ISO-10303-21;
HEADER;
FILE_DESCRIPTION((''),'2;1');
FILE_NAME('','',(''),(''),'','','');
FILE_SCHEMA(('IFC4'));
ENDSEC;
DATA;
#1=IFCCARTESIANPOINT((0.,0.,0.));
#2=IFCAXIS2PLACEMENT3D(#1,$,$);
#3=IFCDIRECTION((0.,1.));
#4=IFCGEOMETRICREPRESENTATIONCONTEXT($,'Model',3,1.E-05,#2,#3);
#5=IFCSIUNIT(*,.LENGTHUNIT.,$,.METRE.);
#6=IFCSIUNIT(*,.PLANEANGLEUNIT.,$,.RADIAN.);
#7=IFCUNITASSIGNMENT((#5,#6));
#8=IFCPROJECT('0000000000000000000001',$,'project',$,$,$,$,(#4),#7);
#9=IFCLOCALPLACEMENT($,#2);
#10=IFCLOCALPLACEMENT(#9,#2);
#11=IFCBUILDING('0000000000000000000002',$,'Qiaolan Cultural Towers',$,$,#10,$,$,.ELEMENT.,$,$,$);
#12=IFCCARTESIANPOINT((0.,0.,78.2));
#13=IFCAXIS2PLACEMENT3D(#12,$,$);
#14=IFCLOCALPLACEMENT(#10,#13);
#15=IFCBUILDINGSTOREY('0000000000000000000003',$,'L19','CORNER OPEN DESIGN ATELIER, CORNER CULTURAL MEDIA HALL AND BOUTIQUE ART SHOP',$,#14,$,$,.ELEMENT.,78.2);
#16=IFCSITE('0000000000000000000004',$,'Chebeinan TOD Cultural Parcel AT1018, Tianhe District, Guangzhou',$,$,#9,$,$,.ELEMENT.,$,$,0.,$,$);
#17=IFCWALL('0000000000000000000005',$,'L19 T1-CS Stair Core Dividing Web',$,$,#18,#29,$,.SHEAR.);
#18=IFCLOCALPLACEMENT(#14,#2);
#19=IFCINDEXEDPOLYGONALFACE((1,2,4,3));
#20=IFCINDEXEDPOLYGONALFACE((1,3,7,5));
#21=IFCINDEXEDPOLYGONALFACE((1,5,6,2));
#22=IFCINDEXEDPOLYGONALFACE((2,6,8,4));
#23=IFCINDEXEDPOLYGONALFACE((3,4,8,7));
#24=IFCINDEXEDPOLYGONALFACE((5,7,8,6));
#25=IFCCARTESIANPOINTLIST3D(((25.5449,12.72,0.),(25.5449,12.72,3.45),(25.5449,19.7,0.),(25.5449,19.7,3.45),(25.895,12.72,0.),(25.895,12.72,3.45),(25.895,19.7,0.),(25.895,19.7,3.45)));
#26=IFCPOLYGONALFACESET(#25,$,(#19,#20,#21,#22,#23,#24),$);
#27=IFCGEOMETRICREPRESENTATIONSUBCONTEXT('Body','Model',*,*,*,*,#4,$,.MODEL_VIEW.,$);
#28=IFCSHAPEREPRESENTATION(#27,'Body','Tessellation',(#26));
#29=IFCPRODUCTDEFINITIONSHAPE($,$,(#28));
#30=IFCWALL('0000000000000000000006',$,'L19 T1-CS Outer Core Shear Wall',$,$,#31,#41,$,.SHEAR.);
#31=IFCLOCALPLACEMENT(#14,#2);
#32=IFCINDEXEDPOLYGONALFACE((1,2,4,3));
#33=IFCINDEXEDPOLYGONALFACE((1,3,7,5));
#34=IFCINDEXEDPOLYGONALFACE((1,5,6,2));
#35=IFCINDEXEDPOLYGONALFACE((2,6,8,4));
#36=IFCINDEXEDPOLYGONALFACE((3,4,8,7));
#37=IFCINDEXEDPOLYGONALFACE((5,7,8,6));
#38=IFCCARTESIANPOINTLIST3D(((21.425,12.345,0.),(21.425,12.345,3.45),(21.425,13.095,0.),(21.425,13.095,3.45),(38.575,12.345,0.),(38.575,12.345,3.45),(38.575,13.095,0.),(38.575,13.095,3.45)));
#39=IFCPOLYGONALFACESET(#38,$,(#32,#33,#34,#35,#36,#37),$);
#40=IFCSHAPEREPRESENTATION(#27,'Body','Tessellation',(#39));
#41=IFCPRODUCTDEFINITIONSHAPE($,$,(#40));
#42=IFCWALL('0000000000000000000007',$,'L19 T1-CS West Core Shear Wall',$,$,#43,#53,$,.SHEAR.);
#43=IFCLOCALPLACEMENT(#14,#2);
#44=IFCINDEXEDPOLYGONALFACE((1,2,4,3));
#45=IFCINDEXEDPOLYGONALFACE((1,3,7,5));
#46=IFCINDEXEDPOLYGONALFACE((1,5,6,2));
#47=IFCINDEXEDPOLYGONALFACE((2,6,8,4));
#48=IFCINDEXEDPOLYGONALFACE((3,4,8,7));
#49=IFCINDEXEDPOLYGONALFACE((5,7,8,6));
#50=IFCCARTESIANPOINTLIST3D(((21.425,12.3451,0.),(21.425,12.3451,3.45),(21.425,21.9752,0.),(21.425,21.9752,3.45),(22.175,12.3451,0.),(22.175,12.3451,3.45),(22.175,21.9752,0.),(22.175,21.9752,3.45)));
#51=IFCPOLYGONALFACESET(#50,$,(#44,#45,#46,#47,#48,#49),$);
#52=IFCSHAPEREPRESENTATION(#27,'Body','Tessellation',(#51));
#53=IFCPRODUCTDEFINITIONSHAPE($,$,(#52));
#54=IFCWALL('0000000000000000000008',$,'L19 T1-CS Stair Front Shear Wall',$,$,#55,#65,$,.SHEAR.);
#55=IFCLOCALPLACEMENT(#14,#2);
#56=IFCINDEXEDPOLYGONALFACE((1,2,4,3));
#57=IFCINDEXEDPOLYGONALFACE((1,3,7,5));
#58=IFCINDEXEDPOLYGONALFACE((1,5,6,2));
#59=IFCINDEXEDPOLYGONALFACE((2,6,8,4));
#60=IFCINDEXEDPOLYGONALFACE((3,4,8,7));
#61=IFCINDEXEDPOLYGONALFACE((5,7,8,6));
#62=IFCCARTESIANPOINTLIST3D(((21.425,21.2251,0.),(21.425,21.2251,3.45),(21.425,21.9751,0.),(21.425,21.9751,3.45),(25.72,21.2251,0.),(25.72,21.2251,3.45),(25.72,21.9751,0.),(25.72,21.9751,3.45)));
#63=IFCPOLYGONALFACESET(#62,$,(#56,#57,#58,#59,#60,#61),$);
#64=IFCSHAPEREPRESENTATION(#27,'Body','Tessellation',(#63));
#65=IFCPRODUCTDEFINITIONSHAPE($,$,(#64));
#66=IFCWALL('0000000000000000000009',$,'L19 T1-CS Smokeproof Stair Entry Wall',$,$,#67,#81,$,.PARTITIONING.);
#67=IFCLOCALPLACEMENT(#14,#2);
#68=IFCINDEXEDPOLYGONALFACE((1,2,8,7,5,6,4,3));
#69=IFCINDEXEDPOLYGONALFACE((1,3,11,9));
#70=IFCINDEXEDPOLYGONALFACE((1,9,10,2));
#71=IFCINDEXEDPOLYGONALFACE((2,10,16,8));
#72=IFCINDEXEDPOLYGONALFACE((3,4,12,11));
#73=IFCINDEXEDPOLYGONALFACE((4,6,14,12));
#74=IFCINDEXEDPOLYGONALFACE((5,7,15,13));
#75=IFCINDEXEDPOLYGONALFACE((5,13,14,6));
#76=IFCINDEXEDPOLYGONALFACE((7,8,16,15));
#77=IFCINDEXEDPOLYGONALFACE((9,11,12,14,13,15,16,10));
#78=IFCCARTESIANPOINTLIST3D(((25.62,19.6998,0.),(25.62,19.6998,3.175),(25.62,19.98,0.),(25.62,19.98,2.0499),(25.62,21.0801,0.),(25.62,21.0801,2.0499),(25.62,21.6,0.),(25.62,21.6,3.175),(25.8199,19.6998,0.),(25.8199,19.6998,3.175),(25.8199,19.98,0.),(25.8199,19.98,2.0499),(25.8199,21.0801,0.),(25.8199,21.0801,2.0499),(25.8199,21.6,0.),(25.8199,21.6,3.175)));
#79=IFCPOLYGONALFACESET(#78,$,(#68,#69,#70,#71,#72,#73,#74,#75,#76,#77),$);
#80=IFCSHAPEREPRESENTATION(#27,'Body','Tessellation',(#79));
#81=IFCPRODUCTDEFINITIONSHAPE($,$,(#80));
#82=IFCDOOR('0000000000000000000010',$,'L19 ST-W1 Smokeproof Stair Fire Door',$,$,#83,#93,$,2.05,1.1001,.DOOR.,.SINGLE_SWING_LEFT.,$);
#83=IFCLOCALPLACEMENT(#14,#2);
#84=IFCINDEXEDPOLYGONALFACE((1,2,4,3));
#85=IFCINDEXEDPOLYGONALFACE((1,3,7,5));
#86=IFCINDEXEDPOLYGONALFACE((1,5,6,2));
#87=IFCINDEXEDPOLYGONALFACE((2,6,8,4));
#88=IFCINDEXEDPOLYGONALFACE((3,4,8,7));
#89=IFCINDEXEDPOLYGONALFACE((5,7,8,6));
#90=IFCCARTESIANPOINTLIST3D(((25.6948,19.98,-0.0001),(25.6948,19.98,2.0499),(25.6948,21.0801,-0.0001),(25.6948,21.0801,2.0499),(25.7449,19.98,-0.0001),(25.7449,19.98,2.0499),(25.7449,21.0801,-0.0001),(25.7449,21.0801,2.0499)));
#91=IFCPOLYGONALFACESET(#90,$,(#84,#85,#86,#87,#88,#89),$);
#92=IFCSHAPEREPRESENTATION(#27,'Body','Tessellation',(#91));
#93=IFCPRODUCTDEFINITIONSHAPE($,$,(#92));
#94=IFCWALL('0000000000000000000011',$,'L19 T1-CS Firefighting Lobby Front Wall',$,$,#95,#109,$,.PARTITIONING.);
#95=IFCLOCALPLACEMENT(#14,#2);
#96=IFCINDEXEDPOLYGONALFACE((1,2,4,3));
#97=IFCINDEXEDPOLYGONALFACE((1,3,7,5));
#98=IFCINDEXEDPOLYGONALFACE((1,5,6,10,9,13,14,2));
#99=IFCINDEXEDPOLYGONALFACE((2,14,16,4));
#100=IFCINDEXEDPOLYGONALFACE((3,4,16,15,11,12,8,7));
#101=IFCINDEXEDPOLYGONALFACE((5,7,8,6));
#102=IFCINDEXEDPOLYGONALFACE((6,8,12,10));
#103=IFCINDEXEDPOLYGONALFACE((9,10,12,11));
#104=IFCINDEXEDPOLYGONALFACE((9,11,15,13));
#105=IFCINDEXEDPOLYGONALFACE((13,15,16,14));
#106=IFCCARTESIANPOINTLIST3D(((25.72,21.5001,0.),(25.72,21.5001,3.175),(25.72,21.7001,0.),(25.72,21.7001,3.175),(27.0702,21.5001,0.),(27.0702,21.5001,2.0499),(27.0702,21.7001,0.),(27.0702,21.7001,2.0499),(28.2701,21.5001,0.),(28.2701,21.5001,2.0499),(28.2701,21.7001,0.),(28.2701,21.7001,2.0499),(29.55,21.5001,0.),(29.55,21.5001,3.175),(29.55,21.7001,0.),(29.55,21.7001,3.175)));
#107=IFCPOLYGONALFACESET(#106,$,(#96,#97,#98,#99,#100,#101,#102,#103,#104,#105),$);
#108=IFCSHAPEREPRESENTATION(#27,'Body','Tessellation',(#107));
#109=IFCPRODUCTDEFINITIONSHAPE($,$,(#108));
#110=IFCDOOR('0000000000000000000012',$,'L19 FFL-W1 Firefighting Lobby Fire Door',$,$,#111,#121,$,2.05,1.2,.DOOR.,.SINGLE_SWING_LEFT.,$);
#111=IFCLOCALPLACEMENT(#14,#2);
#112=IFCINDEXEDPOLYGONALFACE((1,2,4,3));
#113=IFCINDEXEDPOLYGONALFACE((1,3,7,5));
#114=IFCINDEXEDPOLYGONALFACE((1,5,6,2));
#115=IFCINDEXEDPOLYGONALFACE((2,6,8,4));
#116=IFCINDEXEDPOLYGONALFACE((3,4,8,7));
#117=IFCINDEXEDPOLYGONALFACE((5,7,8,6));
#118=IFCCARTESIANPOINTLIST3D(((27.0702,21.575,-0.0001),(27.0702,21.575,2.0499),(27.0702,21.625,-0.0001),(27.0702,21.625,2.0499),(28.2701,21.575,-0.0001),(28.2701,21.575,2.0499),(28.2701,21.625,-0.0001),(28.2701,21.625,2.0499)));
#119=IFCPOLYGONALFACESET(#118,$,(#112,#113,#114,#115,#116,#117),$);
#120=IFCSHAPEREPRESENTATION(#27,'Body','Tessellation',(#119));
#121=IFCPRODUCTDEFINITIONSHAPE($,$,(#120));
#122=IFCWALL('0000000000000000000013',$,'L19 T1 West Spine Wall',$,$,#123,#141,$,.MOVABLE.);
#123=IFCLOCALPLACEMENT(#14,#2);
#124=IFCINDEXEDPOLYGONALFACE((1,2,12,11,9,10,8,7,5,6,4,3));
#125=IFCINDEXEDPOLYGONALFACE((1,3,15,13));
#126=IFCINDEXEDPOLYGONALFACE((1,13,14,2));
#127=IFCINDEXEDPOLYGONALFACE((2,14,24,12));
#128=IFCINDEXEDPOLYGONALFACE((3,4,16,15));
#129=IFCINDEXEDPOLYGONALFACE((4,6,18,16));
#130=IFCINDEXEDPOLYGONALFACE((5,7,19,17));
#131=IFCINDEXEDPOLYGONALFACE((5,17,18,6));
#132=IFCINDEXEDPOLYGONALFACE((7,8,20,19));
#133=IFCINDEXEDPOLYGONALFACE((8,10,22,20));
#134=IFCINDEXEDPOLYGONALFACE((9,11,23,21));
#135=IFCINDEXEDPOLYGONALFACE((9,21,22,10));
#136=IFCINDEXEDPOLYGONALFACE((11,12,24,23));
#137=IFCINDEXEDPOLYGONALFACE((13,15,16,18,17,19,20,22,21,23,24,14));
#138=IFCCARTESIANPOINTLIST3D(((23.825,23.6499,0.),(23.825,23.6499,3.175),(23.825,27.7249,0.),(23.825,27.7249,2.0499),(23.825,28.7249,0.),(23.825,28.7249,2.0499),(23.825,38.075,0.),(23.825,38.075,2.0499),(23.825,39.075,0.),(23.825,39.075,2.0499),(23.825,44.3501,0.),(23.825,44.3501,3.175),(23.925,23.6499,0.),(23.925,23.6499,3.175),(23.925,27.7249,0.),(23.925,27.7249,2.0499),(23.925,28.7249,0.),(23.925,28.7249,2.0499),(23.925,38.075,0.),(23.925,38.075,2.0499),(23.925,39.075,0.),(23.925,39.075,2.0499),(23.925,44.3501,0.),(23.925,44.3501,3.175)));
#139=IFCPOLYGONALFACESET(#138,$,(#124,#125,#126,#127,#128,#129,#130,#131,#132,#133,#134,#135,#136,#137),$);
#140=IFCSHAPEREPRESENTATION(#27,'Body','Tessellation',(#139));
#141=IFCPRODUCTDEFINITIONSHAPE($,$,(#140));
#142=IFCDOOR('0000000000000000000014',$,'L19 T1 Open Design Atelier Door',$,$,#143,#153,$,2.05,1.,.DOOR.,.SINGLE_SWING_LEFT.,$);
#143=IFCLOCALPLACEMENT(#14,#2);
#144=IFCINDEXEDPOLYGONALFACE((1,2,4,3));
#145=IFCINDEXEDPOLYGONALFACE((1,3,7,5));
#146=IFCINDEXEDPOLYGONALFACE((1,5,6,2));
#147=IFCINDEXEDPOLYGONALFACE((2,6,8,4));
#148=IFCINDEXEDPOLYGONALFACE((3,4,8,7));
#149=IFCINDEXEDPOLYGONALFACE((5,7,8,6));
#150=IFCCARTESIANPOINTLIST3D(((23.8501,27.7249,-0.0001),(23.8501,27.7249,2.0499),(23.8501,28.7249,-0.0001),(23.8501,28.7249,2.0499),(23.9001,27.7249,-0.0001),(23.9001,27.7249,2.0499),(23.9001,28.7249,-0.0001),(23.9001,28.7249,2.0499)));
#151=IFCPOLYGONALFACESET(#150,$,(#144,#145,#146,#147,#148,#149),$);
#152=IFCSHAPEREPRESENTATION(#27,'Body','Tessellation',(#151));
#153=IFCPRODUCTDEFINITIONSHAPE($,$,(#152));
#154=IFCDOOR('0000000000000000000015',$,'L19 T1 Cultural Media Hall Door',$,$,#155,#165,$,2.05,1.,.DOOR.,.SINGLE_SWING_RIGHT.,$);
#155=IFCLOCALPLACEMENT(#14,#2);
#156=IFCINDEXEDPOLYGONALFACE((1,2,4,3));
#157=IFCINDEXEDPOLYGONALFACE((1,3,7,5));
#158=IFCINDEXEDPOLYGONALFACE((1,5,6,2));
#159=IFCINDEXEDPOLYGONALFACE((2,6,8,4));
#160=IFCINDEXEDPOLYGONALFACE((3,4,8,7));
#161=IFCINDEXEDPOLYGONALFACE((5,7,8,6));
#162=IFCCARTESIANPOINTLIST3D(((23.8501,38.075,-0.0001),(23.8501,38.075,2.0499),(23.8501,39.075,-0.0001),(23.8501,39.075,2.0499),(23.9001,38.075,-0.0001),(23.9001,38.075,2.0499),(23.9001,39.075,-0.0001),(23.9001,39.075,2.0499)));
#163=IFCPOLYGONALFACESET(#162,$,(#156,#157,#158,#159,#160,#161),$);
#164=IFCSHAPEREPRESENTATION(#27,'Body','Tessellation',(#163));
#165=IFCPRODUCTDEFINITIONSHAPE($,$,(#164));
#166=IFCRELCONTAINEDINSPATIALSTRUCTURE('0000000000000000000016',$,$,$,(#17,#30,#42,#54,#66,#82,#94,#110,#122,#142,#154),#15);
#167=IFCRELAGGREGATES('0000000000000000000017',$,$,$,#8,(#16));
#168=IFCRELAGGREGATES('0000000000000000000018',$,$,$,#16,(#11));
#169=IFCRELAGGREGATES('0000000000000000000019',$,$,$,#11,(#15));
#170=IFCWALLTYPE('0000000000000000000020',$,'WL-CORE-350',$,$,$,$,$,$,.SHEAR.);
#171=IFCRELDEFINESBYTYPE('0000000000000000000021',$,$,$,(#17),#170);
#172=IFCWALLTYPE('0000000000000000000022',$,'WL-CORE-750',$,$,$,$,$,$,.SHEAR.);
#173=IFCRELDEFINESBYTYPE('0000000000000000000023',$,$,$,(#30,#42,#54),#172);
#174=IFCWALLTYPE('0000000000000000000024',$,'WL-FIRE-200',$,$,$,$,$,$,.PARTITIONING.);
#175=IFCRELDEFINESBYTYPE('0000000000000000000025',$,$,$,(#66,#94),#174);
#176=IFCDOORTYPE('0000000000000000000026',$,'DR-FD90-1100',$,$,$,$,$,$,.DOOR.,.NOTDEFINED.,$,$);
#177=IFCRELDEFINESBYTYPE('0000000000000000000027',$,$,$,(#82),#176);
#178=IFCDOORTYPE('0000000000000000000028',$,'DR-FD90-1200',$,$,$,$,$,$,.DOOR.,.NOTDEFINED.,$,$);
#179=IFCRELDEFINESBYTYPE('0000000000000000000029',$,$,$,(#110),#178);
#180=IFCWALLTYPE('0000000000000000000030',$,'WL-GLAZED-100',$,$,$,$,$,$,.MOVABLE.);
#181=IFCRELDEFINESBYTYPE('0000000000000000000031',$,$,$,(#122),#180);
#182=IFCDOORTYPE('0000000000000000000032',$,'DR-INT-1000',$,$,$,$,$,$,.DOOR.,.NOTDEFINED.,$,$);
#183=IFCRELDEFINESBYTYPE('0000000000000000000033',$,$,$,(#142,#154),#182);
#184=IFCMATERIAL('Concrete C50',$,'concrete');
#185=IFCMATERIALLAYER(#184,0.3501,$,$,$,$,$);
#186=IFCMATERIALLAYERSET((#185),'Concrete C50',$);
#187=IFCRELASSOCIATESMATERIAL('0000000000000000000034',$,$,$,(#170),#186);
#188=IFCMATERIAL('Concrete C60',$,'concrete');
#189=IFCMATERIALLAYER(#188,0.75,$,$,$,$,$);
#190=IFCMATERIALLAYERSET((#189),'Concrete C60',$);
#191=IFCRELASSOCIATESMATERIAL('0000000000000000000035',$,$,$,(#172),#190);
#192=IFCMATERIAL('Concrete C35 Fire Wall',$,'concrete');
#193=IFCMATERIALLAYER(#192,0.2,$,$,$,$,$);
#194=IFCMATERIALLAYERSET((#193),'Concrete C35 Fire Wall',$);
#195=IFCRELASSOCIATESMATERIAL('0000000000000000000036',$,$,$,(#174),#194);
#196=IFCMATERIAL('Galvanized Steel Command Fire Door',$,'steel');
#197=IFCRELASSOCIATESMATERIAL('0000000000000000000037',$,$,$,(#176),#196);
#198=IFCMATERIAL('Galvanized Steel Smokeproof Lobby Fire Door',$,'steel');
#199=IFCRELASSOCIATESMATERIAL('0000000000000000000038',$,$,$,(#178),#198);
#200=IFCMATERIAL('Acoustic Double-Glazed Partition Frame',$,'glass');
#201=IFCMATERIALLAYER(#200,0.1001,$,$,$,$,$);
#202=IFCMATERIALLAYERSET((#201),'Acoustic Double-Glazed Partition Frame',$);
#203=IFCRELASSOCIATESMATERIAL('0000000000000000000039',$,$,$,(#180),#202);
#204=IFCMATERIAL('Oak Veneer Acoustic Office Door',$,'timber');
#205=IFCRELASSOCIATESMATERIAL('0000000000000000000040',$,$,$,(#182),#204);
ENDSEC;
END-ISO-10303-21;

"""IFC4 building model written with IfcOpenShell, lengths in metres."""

from ifc_helpers import new_model, si_unit, direction, frame, frame_2d, origin, place, context, subcontext, project, spatial, rectangle, extrude, material, layer, layer_set, type_object, element, fill, save


model = new_model("IFC4")

# Units and contexts
model_context = context("Model", 3, precision=1e-05, world=origin(), true_north=direction((0.0, 1.0)))
body_context = subcontext(model_context, "Body", "Model", "MODEL_VIEW")
ifc_project = project(units=[si_unit("LENGTHUNIT", "METRE"), si_unit("PLANEANGLEUNIT", "RADIAN")], contexts=[model_context])

# Site, building, storey
site_placement = place(None, origin())
site = spatial("IfcSite", under=ifc_project, at=site_placement, Name="Chebeinan TOD Cultural Parcel AT1018, Tianhe District, Guangzhou", CompositionType="ELEMENT", RefElevation=0.0)
building_placement = place(site_placement, origin())
building = spatial("IfcBuilding", under=site, at=building_placement, Name="Qiaolan Cultural Towers", CompositionType="ELEMENT")
storey_placement = place(building_placement, frame((0.0, 0.0, 78.2)))
storey = spatial("IfcBuildingStorey", under=building, at=storey_placement, Name="L19", Description="CORNER OPEN DESIGN ATELIER, CORNER CULTURAL MEDIA HALL AND BOUTIQUE ART SHOP", CompositionType="ELEMENT", Elevation=78.2)

# Walls
ifc_material_1 = material(Name="Concrete C50", Category="concrete")
ifc_layer_1 = layer(ifc_material_1, 0.3501)
ifc_layer_set_1 = layer_set([ifc_layer_1], Name="Concrete C50")
wall_type_1 = type_object("IfcWallType", Name="WL-CORE-350", PredefinedType="SHEAR", material=ifc_layer_set_1)
wall_1_placement = place(storey_placement, frame((25.72, 19.7, 0.0), z_axis=(0.0, 0.0, 1.0), x_axis=(0.0, -1.0, 0.0)))
element("IfcWall", 1, at=wall_1_placement, inside=storey, type_object=wall_type_1, Name="L19 T1-CS Stair Core Dividing Web", PredefinedType="SHEAR", context=body_context, shape_type="SweptSolid", body=[
    extrude(rectangle(XDim=6.98, YDim=0.3501, at=frame_2d((3.49, 0.0))), origin(), (0.0, 0.0, 1.0), 3.45),
])
ifc_material_2 = material(Name="Concrete C60", Category="concrete")
ifc_layer_2 = layer(ifc_material_2, 0.75)
ifc_layer_set_2 = layer_set([ifc_layer_2], Name="Concrete C60")
wall_type_2 = type_object("IfcWallType", Name="WL-CORE-750", PredefinedType="SHEAR", material=ifc_layer_set_2)
wall_2_placement = place(storey_placement, frame((21.425, 12.72, 0.0), z_axis=(0.0, 0.0, 1.0), x_axis=(1.0, 0.0, 0.0)))
element("IfcWall", 2, at=wall_2_placement, inside=storey, type_object=wall_type_2, Name="L19 T1-CS Outer Core Shear Wall", PredefinedType="SHEAR", context=body_context, shape_type="SweptSolid", body=[
    extrude(rectangle(XDim=17.1499, YDim=0.75, at=frame_2d((8.575, 0.0))), origin(), (0.0, 0.0, 1.0), 3.45),
])
wall_3_placement = place(storey_placement, frame((21.8, 21.9751, 0.0), z_axis=(0.0, 0.0, 1.0), x_axis=(0.0, -1.0, 0.0)))
element("IfcWall", 3, at=wall_3_placement, inside=storey, type_object=wall_type_2, Name="L19 T1-CS West Core Shear Wall", PredefinedType="SHEAR", context=body_context, shape_type="SweptSolid", body=[
    extrude(rectangle(XDim=9.6301, YDim=0.75, at=frame_2d((4.8149, 0.0))), origin(), (0.0, 0.0, 1.0), 3.45),
])
wall_4_placement = place(storey_placement, frame((21.425, 21.6001, 0.0), z_axis=(0.0, 0.0, 1.0), x_axis=(1.0, 0.0, 0.0)))
element("IfcWall", 4, at=wall_4_placement, inside=storey, type_object=wall_type_2, Name="L19 T1-CS Stair Front Shear Wall", PredefinedType="SHEAR", context=body_context, shape_type="SweptSolid", body=[
    extrude(rectangle(XDim=4.2949, YDim=0.75, at=frame_2d((2.1475, 0.0))), origin(), (0.0, 0.0, 1.0), 3.45),
])

# Walls, openings, doors
ifc_material_3 = material(Name="Concrete C35 Fire Wall", Category="concrete")
ifc_layer_3 = layer(ifc_material_3, 0.2)
ifc_layer_set_3 = layer_set([ifc_layer_3], Name="Concrete C35 Fire Wall")
wall_type_3 = type_object("IfcWallType", Name="WL-FIRE-200", PredefinedType="PARTITIONING", material=ifc_layer_set_3)
wall_5_placement = place(storey_placement, frame((25.72, 21.6001, 0.0), z_axis=(0.0, 0.0, 1.0), x_axis=(0.0, -1.0, 0.0)))
wall_5 = element("IfcWall", 5, at=wall_5_placement, inside=storey, type_object=wall_type_3, Name="L19 T1-CS Smokeproof Stair Entry Wall", PredefinedType="PARTITIONING", context=body_context, shape_type="SweptSolid", body=[
    extrude(rectangle(XDim=1.9001, YDim=0.2, at=frame_2d((0.9502, 0.0))), origin(), (0.0, 0.0, 1.0), 3.175),
])
opening_1_placement = place(wall_5_placement, frame((0.52, 0.0, 0.0)))
opening_1 = element("IfcOpeningElement", 6, at=opening_1_placement, cuts=wall_5, PredefinedType="OPENING", context=body_context, shape_type="SweptSolid", body=[
    extrude(rectangle(XDim=1.1001, YDim=2.05, at=frame_2d((0.55, 1.0249))), frame((0.0, 0.1099, 0.0), z_axis=(0.0, -1.0, 0.0), x_axis=(1.0, 0.0, 0.0)), (0.0, 0.0, 1.0), 0.22),
])
ifc_material_4 = material(Name="Galvanized Steel Command Fire Door", Category="steel")
door_type_1 = type_object("IfcDoorType", Name="DR-FD90-1100", OperationType="NOTDEFINED", PredefinedType="DOOR", material=ifc_material_4)
door_1_placement = place(opening_1_placement, origin())
door_1 = element("IfcDoor", 7, at=door_1_placement, inside=storey, type_object=door_type_1, Name="L19 ST-W1 Smokeproof Stair Fire Door", OperationType="SINGLE_SWING_LEFT", OverallHeight=2.05, OverallWidth=1.1001, PredefinedType="DOOR", context=body_context, shape_type="SweptSolid", body=[
    extrude(rectangle(XDim=1.1001, YDim=2.05, at=frame_2d((0.55, 1.0249))), frame((0.0, 0.0249, 0.0), z_axis=(0.0, -1.0, 0.0), x_axis=(1.0, 0.0, 0.0)), (0.0, 0.0, 1.0), 0.05),
])
fill(opening_1, door_1)
wall_6_placement = place(storey_placement, frame((25.72, 21.6001, 0.0), z_axis=(0.0, 0.0, 1.0), x_axis=(1.0, 0.0, 0.0)))
wall_6 = element("IfcWall", 8, at=wall_6_placement, inside=storey, type_object=wall_type_3, Name="L19 T1-CS Firefighting Lobby Front Wall", PredefinedType="PARTITIONING", context=body_context, shape_type="SweptSolid", body=[
    extrude(rectangle(XDim=3.8301, YDim=0.2, at=frame_2d((1.915, 0.0))), origin(), (0.0, 0.0, 1.0), 3.175),
])
opening_2_placement = place(wall_6_placement, frame((1.3501, 0.0, 0.0)))
opening_2 = element("IfcOpeningElement", 9, at=opening_2_placement, cuts=wall_6, PredefinedType="OPENING", context=body_context, shape_type="SweptSolid", body=[
    extrude(rectangle(XDim=1.2, YDim=2.05, at=frame_2d((0.6001, 1.0249))), frame((0.0, 0.1099, 0.0), z_axis=(0.0, -1.0, 0.0), x_axis=(1.0, 0.0, 0.0)), (0.0, 0.0, 1.0), 0.22),
])
ifc_material_5 = material(Name="Galvanized Steel Smokeproof Lobby Fire Door", Category="steel")
door_type_2 = type_object("IfcDoorType", Name="DR-FD90-1200", OperationType="NOTDEFINED", PredefinedType="DOOR", material=ifc_material_5)
door_2_placement = place(opening_2_placement, origin())
door_2 = element("IfcDoor", 10, at=door_2_placement, inside=storey, type_object=door_type_2, Name="L19 FFL-W1 Firefighting Lobby Fire Door", OperationType="SINGLE_SWING_LEFT", OverallHeight=2.05, OverallWidth=1.2, PredefinedType="DOOR", context=body_context, shape_type="SweptSolid", body=[
    extrude(rectangle(XDim=1.2, YDim=2.05, at=frame_2d((0.6001, 1.0249))), frame((0.0, 0.0249, 0.0), z_axis=(0.0, -1.0, 0.0), x_axis=(1.0, 0.0, 0.0)), (0.0, 0.0, 1.0), 0.05),
])
fill(opening_2, door_2)

# Wall, openings, doors
ifc_material_6 = material(Name="Acoustic Double-Glazed Partition Frame", Category="glass")
ifc_layer_4 = layer(ifc_material_6, 0.1001)
ifc_layer_set_4 = layer_set([ifc_layer_4], Name="Acoustic Double-Glazed Partition Frame")
wall_type_4 = type_object("IfcWallType", Name="WL-GLAZED-100", PredefinedType="MOVABLE", material=ifc_layer_set_4)
wall_7_placement = place(storey_placement, frame((23.875, 23.6499, 0.0), z_axis=(0.0, 0.0, 1.0), x_axis=(0.0, 1.0, 0.0)))
wall_7 = element("IfcWall", 11, at=wall_7_placement, inside=storey, type_object=wall_type_4, Name="L19 T1 West Spine Wall", PredefinedType="MOVABLE", context=body_context, shape_type="SweptSolid", body=[
    extrude(rectangle(XDim=20.7002, YDim=0.1001, at=frame_2d((10.3501, 0.0))), origin(), (0.0, 0.0, 1.0), 3.175),
])
opening_3_placement = place(wall_7_placement, frame((4.075, 0.0, 0.0)))
opening_3 = element("IfcOpeningElement", 12, at=opening_3_placement, cuts=wall_7, PredefinedType="OPENING", context=body_context, shape_type="SweptSolid", body=[
    extrude(rectangle(XDim=1.0, YDim=2.05, at=frame_2d((0.5, 1.0249))), frame((0.0, 0.0601, 0.0), z_axis=(0.0, -1.0, 0.0), x_axis=(1.0, 0.0, 0.0)), (0.0, 0.0, 1.0), 0.1201),
])
opening_4_placement = place(wall_7_placement, frame((14.425, 0.0, 0.0)))
opening_4 = element("IfcOpeningElement", 13, at=opening_4_placement, cuts=wall_7, PredefinedType="OPENING", context=body_context, shape_type="SweptSolid", body=[
    extrude(rectangle(XDim=1.0, YDim=2.05, at=frame_2d((0.5, 1.0249))), frame((0.0, 0.0601, 0.0), z_axis=(0.0, -1.0, 0.0), x_axis=(1.0, 0.0, 0.0)), (0.0, 0.0, 1.0), 0.1201),
])
ifc_material_7 = material(Name="Oak Veneer Acoustic Office Door", Category="timber")
door_type_3 = type_object("IfcDoorType", Name="DR-INT-1000", OperationType="NOTDEFINED", PredefinedType="DOOR", material=ifc_material_7)
door_3_placement = place(opening_3_placement, origin())
door_3 = element("IfcDoor", 14, at=door_3_placement, inside=storey, type_object=door_type_3, Name="L19 T1 Open Design Atelier Door", OperationType="SINGLE_SWING_LEFT", OverallHeight=2.05, OverallWidth=1.0, PredefinedType="DOOR", context=body_context, shape_type="SweptSolid", body=[
    extrude(rectangle(XDim=1.0, YDim=2.05, at=frame_2d((0.5, 1.0249))), frame((0.0, 0.0249, 0.0), z_axis=(0.0, -1.0, 0.0), x_axis=(1.0, 0.0, 0.0)), (0.0, 0.0, 1.0), 0.05),
])
fill(opening_3, door_3)
door_4_placement = place(opening_4_placement, origin())
door_4 = element("IfcDoor", 15, at=door_4_placement, inside=storey, type_object=door_type_3, Name="L19 T1 Cultural Media Hall Door", OperationType="SINGLE_SWING_RIGHT", OverallHeight=2.05, OverallWidth=1.0, PredefinedType="DOOR", context=body_context, shape_type="SweptSolid", body=[
    extrude(rectangle(XDim=1.0, YDim=2.05, at=frame_2d((0.5, 1.0249))), frame((0.0, 0.0249, 0.0), z_axis=(0.0, -1.0, 0.0), x_axis=(1.0, 0.0, 0.0)), (0.0, 0.0, 1.0), 0.05),
])
fill(opening_4, door_4)

save(model, "model.ifc")
